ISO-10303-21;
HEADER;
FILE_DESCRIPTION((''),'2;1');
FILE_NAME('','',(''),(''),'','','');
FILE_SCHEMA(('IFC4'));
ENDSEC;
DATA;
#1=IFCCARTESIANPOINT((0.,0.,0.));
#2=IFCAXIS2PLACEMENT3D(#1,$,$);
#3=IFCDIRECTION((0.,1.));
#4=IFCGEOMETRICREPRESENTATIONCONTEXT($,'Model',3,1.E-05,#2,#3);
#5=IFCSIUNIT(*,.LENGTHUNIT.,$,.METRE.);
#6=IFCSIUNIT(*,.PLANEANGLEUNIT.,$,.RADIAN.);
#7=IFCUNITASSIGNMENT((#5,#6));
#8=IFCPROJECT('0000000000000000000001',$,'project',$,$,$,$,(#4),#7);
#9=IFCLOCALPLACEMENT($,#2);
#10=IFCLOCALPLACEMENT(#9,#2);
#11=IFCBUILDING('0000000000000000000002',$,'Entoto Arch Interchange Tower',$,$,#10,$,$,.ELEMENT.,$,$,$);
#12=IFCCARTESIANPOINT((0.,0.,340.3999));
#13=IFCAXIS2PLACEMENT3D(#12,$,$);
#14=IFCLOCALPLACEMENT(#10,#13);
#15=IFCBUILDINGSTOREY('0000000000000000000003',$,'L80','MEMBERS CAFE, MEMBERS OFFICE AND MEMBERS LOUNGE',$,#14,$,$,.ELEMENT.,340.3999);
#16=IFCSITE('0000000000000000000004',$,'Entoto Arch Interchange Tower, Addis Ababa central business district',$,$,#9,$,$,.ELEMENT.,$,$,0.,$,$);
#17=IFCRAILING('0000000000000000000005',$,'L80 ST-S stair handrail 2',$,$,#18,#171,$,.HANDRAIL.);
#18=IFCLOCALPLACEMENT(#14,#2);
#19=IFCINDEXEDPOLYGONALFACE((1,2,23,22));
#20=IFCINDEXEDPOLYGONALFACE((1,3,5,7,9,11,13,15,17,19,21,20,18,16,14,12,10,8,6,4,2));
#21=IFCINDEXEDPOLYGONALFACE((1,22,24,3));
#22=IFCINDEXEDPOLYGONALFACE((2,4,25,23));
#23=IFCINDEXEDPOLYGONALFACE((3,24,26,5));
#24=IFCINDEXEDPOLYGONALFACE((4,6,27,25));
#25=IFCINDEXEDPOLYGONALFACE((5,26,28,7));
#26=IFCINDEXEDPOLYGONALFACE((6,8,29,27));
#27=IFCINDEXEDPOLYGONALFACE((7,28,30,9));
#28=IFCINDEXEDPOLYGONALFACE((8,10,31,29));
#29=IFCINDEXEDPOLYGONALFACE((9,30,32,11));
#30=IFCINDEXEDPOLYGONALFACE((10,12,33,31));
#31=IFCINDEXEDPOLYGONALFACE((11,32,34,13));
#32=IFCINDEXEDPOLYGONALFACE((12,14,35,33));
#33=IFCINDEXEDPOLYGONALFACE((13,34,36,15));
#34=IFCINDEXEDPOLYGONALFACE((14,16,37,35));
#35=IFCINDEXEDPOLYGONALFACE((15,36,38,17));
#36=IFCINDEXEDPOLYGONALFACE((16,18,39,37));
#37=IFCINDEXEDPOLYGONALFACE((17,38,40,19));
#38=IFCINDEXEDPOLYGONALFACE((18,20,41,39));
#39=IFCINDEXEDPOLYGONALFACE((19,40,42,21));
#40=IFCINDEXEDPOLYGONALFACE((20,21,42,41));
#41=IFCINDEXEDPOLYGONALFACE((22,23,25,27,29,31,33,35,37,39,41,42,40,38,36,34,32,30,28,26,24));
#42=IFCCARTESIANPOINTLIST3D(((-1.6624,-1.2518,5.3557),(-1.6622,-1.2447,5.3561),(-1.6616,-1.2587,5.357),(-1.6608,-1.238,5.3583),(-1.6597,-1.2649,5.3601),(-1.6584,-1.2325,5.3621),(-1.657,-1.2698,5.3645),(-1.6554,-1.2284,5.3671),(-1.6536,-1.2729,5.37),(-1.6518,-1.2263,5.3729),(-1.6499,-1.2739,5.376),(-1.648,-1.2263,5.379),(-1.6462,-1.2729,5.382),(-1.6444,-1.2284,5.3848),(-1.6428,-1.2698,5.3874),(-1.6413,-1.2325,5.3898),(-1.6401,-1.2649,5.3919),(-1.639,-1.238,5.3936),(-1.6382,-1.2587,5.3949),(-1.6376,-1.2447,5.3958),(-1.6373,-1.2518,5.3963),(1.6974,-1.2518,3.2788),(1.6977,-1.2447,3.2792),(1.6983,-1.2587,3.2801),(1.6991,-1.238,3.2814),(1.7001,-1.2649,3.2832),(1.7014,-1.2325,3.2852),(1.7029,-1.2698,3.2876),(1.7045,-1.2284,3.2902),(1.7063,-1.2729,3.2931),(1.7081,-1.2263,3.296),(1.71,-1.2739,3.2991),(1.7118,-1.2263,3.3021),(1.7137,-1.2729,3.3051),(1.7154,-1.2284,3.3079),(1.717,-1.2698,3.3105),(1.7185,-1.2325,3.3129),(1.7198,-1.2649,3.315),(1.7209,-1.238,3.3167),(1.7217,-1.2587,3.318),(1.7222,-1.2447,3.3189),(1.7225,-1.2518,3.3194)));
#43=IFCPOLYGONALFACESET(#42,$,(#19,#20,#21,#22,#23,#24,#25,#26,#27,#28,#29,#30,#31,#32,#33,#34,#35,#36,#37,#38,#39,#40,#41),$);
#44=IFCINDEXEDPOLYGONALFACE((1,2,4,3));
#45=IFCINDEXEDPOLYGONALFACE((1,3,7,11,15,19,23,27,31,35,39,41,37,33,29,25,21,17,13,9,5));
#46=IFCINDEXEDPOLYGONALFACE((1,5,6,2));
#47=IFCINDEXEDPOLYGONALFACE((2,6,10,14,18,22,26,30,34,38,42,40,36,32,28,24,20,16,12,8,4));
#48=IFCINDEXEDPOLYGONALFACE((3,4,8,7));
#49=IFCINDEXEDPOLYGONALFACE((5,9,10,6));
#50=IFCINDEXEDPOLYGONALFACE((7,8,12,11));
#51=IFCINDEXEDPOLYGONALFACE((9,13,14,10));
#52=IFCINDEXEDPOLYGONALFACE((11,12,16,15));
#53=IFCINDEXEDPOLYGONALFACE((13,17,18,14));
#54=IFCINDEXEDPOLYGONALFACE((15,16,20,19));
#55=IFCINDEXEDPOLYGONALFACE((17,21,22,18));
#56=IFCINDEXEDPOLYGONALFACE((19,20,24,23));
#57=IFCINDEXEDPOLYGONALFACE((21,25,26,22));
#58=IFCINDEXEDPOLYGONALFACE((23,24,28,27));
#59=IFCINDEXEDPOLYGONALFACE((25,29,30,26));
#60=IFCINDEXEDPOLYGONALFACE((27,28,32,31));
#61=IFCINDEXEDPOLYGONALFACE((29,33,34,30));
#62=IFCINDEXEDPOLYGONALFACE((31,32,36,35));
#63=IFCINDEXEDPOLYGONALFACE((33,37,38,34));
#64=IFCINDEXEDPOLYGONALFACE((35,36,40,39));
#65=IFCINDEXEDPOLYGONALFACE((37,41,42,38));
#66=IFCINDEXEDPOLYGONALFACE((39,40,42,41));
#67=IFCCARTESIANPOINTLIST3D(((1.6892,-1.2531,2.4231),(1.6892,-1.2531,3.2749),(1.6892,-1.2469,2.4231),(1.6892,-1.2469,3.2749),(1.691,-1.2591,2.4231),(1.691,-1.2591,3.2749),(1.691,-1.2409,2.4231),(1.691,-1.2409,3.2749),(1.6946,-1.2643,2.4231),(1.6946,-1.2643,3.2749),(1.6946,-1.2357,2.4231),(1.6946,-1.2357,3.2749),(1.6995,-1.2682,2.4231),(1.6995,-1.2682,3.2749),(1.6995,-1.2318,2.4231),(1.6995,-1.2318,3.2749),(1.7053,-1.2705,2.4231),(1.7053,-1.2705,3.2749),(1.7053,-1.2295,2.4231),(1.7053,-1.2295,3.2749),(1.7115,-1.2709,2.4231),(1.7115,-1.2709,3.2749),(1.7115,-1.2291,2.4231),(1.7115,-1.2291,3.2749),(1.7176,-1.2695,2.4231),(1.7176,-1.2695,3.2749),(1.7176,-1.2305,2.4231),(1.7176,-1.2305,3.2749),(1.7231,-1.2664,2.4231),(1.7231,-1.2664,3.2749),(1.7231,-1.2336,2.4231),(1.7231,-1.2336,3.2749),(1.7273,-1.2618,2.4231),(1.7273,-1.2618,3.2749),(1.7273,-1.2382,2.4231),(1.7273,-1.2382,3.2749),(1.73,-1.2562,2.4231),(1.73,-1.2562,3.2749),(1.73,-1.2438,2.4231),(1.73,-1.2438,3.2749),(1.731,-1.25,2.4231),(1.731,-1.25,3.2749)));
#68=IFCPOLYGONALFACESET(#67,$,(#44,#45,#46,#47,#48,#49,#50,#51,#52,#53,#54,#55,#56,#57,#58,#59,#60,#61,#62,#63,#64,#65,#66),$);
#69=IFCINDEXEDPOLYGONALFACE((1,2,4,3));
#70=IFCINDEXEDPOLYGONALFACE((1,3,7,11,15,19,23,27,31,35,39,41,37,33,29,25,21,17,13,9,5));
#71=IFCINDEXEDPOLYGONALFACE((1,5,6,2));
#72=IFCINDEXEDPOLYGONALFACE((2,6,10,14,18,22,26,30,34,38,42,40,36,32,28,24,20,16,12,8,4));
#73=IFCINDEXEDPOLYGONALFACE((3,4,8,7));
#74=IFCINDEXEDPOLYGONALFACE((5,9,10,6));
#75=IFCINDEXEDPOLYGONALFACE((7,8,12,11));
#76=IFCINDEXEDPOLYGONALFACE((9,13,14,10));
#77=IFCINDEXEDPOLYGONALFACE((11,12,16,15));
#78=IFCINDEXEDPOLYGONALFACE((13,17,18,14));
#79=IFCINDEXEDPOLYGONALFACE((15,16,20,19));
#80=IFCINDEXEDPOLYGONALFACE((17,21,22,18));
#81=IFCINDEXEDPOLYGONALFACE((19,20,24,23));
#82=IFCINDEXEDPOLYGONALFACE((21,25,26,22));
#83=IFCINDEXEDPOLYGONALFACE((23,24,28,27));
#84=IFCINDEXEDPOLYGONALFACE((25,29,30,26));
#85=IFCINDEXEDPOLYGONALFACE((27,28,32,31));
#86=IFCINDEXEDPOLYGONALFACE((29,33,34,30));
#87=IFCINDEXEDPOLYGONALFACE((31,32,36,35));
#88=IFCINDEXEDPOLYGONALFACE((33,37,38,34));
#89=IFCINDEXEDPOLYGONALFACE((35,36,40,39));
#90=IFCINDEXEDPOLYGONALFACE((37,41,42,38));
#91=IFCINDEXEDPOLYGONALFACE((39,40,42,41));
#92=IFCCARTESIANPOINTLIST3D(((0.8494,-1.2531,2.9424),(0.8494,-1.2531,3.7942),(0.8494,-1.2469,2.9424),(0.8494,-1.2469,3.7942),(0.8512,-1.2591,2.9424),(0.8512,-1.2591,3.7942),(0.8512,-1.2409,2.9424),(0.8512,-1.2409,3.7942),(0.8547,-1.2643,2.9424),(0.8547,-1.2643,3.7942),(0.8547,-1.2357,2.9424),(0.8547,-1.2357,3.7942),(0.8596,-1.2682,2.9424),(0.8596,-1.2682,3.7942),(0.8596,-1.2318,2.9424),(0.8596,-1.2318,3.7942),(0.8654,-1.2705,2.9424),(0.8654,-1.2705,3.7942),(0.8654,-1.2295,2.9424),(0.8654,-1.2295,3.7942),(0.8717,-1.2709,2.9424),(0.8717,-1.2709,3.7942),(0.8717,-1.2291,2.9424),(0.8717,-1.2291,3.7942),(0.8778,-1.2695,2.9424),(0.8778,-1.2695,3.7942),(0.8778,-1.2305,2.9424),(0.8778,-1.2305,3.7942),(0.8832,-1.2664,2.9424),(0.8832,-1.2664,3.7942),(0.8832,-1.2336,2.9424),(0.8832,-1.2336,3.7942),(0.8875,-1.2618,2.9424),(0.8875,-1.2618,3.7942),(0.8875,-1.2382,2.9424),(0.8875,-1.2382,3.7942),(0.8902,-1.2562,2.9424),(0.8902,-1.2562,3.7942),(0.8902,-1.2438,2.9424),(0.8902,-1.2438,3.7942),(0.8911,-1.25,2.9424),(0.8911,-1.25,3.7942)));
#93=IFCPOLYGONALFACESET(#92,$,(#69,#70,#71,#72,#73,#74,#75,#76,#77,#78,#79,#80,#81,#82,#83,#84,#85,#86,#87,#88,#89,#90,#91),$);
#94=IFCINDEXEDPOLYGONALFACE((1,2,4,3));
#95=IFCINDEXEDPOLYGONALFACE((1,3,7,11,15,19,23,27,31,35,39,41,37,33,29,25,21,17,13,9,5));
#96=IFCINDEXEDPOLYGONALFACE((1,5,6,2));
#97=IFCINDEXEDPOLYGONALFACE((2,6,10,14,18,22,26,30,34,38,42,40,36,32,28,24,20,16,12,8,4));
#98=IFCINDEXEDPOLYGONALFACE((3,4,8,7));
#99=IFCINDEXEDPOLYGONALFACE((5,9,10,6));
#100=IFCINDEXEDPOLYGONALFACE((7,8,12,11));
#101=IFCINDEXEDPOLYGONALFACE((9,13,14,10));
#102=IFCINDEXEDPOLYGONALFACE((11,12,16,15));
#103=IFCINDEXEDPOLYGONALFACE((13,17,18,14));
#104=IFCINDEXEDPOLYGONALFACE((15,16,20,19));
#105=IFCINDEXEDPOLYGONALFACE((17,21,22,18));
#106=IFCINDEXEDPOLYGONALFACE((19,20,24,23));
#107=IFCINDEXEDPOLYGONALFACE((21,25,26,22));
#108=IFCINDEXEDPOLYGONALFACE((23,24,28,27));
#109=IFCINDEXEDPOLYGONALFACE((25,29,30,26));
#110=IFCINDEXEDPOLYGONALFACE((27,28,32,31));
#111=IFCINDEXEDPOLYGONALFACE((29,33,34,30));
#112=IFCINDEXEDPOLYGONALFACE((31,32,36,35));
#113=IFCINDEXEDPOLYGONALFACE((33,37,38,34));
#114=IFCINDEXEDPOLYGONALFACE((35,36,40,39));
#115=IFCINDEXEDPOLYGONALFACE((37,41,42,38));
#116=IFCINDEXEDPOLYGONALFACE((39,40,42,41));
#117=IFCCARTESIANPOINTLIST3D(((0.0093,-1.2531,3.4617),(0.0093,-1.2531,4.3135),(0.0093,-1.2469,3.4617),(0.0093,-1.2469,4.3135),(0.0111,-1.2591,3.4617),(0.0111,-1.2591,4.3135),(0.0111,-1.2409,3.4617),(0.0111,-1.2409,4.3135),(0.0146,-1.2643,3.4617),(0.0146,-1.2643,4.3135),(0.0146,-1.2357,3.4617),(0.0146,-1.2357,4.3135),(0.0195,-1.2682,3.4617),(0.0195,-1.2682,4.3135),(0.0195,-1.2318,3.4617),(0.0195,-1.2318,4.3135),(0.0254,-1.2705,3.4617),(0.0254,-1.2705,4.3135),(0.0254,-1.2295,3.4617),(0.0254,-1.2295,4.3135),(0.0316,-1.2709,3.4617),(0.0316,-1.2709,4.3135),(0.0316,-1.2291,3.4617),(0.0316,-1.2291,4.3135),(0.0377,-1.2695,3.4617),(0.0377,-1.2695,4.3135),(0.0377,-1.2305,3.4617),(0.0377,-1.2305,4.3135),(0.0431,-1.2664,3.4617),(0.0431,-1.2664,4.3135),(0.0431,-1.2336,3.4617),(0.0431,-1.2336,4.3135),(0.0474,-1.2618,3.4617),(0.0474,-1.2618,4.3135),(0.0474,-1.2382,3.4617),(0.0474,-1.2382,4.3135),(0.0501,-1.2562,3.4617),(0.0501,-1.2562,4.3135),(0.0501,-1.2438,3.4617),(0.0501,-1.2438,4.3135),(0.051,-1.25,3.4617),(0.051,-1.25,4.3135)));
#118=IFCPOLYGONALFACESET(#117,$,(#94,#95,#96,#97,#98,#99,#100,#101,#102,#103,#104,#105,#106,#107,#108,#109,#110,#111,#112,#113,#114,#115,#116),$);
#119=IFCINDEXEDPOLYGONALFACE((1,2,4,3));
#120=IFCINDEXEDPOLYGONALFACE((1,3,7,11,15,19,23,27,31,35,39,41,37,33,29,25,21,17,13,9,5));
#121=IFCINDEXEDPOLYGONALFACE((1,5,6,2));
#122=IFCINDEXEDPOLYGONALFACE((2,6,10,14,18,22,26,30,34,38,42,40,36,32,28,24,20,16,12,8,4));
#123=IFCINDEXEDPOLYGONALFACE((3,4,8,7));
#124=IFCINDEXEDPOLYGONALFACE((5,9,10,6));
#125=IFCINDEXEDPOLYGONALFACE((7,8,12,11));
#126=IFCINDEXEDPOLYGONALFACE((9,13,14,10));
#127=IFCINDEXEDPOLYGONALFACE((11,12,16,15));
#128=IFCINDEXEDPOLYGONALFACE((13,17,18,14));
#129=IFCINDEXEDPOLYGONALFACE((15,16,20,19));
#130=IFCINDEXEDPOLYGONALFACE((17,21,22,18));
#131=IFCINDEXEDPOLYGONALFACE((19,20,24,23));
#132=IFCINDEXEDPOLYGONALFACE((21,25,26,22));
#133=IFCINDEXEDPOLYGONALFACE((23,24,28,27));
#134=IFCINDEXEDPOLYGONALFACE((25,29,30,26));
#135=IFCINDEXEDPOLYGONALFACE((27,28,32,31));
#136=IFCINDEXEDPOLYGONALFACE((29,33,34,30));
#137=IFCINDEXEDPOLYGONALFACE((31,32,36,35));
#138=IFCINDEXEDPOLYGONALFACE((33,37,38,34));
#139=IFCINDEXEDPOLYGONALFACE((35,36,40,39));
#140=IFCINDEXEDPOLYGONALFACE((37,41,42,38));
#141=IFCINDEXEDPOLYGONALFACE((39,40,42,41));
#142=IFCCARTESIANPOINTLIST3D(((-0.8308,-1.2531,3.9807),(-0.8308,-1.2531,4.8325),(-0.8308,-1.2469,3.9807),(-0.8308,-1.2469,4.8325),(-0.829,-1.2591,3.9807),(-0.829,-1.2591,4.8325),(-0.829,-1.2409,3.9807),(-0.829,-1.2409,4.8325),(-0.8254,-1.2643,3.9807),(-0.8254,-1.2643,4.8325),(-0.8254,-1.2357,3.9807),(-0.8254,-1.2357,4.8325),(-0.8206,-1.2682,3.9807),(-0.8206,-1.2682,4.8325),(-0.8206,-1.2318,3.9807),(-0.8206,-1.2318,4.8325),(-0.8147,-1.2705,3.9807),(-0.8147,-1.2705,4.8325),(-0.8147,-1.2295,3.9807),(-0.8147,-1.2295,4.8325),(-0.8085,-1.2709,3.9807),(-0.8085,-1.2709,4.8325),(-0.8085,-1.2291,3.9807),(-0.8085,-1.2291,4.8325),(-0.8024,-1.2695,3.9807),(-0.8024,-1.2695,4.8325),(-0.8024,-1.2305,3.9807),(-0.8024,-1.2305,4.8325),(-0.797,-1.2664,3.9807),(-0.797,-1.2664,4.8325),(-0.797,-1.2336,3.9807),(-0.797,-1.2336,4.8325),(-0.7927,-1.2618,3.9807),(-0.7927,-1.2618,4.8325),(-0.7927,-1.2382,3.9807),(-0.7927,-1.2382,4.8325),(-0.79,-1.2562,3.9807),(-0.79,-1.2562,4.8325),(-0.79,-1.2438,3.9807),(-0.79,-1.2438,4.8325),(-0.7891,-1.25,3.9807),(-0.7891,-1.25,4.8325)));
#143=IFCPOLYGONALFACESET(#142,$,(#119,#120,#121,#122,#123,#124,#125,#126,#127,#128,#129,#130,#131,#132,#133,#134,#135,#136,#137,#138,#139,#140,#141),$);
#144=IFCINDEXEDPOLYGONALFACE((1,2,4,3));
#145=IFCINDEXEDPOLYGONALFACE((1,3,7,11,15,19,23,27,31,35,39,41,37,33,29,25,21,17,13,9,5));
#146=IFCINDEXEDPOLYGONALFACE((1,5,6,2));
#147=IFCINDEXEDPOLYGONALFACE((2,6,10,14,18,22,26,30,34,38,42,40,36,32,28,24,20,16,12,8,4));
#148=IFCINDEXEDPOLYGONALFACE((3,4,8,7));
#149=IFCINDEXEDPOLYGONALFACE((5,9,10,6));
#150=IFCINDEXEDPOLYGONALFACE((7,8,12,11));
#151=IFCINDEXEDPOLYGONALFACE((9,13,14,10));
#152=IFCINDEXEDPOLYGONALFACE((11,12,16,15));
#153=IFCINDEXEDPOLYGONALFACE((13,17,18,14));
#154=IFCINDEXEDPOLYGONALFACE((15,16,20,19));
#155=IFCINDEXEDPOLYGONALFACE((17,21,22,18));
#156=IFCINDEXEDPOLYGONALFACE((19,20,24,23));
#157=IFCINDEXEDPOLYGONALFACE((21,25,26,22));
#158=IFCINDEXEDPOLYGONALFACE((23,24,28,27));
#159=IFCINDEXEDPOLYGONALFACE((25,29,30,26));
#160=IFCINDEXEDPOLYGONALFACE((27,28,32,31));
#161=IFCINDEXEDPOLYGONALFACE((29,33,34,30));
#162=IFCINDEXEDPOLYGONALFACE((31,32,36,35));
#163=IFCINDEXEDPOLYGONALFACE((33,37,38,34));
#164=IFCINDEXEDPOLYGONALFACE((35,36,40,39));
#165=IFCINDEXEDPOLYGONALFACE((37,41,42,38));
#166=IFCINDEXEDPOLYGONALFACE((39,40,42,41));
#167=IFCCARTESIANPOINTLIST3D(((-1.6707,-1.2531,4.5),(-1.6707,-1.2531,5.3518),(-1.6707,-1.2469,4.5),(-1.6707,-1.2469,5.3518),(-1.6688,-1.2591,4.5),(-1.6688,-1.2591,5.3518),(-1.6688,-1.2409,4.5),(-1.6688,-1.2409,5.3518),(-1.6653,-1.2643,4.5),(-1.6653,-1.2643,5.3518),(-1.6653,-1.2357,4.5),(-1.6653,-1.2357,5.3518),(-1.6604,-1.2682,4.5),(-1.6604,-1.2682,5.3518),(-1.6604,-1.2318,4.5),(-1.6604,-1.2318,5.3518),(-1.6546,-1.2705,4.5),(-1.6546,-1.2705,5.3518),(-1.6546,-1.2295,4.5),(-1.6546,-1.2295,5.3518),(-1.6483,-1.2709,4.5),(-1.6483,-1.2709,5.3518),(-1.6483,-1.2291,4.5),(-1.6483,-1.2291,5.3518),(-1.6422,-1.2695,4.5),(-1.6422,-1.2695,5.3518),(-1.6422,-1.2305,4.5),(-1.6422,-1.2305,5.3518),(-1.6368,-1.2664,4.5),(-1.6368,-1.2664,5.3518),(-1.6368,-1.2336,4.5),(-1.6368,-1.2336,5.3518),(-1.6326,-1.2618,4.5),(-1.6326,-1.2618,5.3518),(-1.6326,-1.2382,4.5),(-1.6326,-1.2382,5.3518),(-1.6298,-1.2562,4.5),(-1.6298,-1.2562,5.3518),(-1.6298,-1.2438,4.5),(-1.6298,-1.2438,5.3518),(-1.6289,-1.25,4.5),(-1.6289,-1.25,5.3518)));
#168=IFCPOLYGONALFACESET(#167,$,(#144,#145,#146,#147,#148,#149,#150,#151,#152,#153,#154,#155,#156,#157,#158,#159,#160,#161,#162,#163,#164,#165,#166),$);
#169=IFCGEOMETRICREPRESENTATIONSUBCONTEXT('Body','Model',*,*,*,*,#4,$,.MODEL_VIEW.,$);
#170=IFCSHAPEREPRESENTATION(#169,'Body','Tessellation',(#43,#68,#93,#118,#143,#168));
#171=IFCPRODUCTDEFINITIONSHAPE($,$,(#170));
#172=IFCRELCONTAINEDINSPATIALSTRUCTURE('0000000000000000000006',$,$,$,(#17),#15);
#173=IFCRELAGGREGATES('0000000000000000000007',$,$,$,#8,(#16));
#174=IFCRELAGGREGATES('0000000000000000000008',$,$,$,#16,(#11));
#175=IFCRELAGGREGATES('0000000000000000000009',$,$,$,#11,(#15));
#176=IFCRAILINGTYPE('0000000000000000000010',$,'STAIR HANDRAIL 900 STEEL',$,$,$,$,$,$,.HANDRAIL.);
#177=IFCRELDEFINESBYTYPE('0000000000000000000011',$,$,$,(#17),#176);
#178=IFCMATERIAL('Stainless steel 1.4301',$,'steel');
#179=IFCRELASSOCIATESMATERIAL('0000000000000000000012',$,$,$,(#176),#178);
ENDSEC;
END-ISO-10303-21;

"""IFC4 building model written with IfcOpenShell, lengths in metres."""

from ifc_helpers import new_model, si_unit, direction, frame, origin, origin_2d, place, context, subcontext, project, spatial, circle, extrude, material, type_object, element, save


model = new_model("IFC4")

# Units and contexts
model_context = context("Model", 3, precision=1e-05, world=origin(), true_north=direction((0.0, 1.0)))
body_context = subcontext(model_context, "Body", "Model", "MODEL_VIEW")
ifc_project = project(units=[si_unit("LENGTHUNIT", "METRE"), si_unit("PLANEANGLEUNIT", "RADIAN")], contexts=[model_context])

# Site, building, storey
site_placement = place(None, origin())
site = spatial("IfcSite", under=ifc_project, at=site_placement, Name="Entoto Arch Interchange Tower, Addis Ababa central business district", CompositionType="ELEMENT", RefElevation=0.0)
building_placement = place(site_placement, origin())
building = spatial("IfcBuilding", under=site, at=building_placement, Name="Entoto Arch Interchange Tower", CompositionType="ELEMENT")
storey_placement = place(building_placement, frame((0.0, 0.0, 340.3999)))
storey = spatial("IfcBuildingStorey", under=building, at=storey_placement, Name="L80", Description="MEMBERS CAFE, MEMBERS OFFICE AND MEMBERS LOUNGE", CompositionType="ELEMENT", Elevation=340.3999)

# Railing
ifc_material_1 = material(Name="Stainless steel 1.4301", Category="steel")
railing_type_1 = type_object("IfcRailingType", Name="STAIR HANDRAIL 900 STEEL", PredefinedType="HANDRAIL", material=ifc_material_1)
railing_1_placement = place(storey_placement, frame((1.71, -1.25, 2.4231)))
element("IfcRailing", 1, at=railing_1_placement, inside=storey, type_object=railing_type_1, Name="L80 ST-S stair handrail 2", PredefinedType="HANDRAIL", context=body_context, shape_type="SweptSolid", body=[
    extrude(circle(Radius=0.0239, at=origin_2d()), frame((0.0, 0.0, 0.876), z_axis=(-0.850606, 0.0, 0.525803), x_axis=(0.0, -1.0, 0.0)), (0.0, 0.0, 1.0), 3.95),
    extrude(circle(Radius=0.021, at=origin_2d()), origin(), (0.0, 0.0, 1.0), 0.8518),
    extrude(circle(Radius=0.021, at=origin_2d()), frame((-0.8398, 0.0, 0.5193)), (0.0, 0.0, 1.0), 0.8518),
    extrude(circle(Radius=0.021, at=origin_2d()), frame((-1.6799, 0.0, 1.0386)), (0.0, 0.0, 1.0), 0.8518),
    extrude(circle(Radius=0.021, at=origin_2d()), frame((-2.52, 0.0, 1.5576)), (0.0, 0.0, 1.0), 0.8518),
    extrude(circle(Radius=0.021, at=origin_2d()), frame((-3.3599, 0.0, 2.0769)), (0.0, 0.0, 1.0), 0.8518),
])

save(model, "model.ifc")
